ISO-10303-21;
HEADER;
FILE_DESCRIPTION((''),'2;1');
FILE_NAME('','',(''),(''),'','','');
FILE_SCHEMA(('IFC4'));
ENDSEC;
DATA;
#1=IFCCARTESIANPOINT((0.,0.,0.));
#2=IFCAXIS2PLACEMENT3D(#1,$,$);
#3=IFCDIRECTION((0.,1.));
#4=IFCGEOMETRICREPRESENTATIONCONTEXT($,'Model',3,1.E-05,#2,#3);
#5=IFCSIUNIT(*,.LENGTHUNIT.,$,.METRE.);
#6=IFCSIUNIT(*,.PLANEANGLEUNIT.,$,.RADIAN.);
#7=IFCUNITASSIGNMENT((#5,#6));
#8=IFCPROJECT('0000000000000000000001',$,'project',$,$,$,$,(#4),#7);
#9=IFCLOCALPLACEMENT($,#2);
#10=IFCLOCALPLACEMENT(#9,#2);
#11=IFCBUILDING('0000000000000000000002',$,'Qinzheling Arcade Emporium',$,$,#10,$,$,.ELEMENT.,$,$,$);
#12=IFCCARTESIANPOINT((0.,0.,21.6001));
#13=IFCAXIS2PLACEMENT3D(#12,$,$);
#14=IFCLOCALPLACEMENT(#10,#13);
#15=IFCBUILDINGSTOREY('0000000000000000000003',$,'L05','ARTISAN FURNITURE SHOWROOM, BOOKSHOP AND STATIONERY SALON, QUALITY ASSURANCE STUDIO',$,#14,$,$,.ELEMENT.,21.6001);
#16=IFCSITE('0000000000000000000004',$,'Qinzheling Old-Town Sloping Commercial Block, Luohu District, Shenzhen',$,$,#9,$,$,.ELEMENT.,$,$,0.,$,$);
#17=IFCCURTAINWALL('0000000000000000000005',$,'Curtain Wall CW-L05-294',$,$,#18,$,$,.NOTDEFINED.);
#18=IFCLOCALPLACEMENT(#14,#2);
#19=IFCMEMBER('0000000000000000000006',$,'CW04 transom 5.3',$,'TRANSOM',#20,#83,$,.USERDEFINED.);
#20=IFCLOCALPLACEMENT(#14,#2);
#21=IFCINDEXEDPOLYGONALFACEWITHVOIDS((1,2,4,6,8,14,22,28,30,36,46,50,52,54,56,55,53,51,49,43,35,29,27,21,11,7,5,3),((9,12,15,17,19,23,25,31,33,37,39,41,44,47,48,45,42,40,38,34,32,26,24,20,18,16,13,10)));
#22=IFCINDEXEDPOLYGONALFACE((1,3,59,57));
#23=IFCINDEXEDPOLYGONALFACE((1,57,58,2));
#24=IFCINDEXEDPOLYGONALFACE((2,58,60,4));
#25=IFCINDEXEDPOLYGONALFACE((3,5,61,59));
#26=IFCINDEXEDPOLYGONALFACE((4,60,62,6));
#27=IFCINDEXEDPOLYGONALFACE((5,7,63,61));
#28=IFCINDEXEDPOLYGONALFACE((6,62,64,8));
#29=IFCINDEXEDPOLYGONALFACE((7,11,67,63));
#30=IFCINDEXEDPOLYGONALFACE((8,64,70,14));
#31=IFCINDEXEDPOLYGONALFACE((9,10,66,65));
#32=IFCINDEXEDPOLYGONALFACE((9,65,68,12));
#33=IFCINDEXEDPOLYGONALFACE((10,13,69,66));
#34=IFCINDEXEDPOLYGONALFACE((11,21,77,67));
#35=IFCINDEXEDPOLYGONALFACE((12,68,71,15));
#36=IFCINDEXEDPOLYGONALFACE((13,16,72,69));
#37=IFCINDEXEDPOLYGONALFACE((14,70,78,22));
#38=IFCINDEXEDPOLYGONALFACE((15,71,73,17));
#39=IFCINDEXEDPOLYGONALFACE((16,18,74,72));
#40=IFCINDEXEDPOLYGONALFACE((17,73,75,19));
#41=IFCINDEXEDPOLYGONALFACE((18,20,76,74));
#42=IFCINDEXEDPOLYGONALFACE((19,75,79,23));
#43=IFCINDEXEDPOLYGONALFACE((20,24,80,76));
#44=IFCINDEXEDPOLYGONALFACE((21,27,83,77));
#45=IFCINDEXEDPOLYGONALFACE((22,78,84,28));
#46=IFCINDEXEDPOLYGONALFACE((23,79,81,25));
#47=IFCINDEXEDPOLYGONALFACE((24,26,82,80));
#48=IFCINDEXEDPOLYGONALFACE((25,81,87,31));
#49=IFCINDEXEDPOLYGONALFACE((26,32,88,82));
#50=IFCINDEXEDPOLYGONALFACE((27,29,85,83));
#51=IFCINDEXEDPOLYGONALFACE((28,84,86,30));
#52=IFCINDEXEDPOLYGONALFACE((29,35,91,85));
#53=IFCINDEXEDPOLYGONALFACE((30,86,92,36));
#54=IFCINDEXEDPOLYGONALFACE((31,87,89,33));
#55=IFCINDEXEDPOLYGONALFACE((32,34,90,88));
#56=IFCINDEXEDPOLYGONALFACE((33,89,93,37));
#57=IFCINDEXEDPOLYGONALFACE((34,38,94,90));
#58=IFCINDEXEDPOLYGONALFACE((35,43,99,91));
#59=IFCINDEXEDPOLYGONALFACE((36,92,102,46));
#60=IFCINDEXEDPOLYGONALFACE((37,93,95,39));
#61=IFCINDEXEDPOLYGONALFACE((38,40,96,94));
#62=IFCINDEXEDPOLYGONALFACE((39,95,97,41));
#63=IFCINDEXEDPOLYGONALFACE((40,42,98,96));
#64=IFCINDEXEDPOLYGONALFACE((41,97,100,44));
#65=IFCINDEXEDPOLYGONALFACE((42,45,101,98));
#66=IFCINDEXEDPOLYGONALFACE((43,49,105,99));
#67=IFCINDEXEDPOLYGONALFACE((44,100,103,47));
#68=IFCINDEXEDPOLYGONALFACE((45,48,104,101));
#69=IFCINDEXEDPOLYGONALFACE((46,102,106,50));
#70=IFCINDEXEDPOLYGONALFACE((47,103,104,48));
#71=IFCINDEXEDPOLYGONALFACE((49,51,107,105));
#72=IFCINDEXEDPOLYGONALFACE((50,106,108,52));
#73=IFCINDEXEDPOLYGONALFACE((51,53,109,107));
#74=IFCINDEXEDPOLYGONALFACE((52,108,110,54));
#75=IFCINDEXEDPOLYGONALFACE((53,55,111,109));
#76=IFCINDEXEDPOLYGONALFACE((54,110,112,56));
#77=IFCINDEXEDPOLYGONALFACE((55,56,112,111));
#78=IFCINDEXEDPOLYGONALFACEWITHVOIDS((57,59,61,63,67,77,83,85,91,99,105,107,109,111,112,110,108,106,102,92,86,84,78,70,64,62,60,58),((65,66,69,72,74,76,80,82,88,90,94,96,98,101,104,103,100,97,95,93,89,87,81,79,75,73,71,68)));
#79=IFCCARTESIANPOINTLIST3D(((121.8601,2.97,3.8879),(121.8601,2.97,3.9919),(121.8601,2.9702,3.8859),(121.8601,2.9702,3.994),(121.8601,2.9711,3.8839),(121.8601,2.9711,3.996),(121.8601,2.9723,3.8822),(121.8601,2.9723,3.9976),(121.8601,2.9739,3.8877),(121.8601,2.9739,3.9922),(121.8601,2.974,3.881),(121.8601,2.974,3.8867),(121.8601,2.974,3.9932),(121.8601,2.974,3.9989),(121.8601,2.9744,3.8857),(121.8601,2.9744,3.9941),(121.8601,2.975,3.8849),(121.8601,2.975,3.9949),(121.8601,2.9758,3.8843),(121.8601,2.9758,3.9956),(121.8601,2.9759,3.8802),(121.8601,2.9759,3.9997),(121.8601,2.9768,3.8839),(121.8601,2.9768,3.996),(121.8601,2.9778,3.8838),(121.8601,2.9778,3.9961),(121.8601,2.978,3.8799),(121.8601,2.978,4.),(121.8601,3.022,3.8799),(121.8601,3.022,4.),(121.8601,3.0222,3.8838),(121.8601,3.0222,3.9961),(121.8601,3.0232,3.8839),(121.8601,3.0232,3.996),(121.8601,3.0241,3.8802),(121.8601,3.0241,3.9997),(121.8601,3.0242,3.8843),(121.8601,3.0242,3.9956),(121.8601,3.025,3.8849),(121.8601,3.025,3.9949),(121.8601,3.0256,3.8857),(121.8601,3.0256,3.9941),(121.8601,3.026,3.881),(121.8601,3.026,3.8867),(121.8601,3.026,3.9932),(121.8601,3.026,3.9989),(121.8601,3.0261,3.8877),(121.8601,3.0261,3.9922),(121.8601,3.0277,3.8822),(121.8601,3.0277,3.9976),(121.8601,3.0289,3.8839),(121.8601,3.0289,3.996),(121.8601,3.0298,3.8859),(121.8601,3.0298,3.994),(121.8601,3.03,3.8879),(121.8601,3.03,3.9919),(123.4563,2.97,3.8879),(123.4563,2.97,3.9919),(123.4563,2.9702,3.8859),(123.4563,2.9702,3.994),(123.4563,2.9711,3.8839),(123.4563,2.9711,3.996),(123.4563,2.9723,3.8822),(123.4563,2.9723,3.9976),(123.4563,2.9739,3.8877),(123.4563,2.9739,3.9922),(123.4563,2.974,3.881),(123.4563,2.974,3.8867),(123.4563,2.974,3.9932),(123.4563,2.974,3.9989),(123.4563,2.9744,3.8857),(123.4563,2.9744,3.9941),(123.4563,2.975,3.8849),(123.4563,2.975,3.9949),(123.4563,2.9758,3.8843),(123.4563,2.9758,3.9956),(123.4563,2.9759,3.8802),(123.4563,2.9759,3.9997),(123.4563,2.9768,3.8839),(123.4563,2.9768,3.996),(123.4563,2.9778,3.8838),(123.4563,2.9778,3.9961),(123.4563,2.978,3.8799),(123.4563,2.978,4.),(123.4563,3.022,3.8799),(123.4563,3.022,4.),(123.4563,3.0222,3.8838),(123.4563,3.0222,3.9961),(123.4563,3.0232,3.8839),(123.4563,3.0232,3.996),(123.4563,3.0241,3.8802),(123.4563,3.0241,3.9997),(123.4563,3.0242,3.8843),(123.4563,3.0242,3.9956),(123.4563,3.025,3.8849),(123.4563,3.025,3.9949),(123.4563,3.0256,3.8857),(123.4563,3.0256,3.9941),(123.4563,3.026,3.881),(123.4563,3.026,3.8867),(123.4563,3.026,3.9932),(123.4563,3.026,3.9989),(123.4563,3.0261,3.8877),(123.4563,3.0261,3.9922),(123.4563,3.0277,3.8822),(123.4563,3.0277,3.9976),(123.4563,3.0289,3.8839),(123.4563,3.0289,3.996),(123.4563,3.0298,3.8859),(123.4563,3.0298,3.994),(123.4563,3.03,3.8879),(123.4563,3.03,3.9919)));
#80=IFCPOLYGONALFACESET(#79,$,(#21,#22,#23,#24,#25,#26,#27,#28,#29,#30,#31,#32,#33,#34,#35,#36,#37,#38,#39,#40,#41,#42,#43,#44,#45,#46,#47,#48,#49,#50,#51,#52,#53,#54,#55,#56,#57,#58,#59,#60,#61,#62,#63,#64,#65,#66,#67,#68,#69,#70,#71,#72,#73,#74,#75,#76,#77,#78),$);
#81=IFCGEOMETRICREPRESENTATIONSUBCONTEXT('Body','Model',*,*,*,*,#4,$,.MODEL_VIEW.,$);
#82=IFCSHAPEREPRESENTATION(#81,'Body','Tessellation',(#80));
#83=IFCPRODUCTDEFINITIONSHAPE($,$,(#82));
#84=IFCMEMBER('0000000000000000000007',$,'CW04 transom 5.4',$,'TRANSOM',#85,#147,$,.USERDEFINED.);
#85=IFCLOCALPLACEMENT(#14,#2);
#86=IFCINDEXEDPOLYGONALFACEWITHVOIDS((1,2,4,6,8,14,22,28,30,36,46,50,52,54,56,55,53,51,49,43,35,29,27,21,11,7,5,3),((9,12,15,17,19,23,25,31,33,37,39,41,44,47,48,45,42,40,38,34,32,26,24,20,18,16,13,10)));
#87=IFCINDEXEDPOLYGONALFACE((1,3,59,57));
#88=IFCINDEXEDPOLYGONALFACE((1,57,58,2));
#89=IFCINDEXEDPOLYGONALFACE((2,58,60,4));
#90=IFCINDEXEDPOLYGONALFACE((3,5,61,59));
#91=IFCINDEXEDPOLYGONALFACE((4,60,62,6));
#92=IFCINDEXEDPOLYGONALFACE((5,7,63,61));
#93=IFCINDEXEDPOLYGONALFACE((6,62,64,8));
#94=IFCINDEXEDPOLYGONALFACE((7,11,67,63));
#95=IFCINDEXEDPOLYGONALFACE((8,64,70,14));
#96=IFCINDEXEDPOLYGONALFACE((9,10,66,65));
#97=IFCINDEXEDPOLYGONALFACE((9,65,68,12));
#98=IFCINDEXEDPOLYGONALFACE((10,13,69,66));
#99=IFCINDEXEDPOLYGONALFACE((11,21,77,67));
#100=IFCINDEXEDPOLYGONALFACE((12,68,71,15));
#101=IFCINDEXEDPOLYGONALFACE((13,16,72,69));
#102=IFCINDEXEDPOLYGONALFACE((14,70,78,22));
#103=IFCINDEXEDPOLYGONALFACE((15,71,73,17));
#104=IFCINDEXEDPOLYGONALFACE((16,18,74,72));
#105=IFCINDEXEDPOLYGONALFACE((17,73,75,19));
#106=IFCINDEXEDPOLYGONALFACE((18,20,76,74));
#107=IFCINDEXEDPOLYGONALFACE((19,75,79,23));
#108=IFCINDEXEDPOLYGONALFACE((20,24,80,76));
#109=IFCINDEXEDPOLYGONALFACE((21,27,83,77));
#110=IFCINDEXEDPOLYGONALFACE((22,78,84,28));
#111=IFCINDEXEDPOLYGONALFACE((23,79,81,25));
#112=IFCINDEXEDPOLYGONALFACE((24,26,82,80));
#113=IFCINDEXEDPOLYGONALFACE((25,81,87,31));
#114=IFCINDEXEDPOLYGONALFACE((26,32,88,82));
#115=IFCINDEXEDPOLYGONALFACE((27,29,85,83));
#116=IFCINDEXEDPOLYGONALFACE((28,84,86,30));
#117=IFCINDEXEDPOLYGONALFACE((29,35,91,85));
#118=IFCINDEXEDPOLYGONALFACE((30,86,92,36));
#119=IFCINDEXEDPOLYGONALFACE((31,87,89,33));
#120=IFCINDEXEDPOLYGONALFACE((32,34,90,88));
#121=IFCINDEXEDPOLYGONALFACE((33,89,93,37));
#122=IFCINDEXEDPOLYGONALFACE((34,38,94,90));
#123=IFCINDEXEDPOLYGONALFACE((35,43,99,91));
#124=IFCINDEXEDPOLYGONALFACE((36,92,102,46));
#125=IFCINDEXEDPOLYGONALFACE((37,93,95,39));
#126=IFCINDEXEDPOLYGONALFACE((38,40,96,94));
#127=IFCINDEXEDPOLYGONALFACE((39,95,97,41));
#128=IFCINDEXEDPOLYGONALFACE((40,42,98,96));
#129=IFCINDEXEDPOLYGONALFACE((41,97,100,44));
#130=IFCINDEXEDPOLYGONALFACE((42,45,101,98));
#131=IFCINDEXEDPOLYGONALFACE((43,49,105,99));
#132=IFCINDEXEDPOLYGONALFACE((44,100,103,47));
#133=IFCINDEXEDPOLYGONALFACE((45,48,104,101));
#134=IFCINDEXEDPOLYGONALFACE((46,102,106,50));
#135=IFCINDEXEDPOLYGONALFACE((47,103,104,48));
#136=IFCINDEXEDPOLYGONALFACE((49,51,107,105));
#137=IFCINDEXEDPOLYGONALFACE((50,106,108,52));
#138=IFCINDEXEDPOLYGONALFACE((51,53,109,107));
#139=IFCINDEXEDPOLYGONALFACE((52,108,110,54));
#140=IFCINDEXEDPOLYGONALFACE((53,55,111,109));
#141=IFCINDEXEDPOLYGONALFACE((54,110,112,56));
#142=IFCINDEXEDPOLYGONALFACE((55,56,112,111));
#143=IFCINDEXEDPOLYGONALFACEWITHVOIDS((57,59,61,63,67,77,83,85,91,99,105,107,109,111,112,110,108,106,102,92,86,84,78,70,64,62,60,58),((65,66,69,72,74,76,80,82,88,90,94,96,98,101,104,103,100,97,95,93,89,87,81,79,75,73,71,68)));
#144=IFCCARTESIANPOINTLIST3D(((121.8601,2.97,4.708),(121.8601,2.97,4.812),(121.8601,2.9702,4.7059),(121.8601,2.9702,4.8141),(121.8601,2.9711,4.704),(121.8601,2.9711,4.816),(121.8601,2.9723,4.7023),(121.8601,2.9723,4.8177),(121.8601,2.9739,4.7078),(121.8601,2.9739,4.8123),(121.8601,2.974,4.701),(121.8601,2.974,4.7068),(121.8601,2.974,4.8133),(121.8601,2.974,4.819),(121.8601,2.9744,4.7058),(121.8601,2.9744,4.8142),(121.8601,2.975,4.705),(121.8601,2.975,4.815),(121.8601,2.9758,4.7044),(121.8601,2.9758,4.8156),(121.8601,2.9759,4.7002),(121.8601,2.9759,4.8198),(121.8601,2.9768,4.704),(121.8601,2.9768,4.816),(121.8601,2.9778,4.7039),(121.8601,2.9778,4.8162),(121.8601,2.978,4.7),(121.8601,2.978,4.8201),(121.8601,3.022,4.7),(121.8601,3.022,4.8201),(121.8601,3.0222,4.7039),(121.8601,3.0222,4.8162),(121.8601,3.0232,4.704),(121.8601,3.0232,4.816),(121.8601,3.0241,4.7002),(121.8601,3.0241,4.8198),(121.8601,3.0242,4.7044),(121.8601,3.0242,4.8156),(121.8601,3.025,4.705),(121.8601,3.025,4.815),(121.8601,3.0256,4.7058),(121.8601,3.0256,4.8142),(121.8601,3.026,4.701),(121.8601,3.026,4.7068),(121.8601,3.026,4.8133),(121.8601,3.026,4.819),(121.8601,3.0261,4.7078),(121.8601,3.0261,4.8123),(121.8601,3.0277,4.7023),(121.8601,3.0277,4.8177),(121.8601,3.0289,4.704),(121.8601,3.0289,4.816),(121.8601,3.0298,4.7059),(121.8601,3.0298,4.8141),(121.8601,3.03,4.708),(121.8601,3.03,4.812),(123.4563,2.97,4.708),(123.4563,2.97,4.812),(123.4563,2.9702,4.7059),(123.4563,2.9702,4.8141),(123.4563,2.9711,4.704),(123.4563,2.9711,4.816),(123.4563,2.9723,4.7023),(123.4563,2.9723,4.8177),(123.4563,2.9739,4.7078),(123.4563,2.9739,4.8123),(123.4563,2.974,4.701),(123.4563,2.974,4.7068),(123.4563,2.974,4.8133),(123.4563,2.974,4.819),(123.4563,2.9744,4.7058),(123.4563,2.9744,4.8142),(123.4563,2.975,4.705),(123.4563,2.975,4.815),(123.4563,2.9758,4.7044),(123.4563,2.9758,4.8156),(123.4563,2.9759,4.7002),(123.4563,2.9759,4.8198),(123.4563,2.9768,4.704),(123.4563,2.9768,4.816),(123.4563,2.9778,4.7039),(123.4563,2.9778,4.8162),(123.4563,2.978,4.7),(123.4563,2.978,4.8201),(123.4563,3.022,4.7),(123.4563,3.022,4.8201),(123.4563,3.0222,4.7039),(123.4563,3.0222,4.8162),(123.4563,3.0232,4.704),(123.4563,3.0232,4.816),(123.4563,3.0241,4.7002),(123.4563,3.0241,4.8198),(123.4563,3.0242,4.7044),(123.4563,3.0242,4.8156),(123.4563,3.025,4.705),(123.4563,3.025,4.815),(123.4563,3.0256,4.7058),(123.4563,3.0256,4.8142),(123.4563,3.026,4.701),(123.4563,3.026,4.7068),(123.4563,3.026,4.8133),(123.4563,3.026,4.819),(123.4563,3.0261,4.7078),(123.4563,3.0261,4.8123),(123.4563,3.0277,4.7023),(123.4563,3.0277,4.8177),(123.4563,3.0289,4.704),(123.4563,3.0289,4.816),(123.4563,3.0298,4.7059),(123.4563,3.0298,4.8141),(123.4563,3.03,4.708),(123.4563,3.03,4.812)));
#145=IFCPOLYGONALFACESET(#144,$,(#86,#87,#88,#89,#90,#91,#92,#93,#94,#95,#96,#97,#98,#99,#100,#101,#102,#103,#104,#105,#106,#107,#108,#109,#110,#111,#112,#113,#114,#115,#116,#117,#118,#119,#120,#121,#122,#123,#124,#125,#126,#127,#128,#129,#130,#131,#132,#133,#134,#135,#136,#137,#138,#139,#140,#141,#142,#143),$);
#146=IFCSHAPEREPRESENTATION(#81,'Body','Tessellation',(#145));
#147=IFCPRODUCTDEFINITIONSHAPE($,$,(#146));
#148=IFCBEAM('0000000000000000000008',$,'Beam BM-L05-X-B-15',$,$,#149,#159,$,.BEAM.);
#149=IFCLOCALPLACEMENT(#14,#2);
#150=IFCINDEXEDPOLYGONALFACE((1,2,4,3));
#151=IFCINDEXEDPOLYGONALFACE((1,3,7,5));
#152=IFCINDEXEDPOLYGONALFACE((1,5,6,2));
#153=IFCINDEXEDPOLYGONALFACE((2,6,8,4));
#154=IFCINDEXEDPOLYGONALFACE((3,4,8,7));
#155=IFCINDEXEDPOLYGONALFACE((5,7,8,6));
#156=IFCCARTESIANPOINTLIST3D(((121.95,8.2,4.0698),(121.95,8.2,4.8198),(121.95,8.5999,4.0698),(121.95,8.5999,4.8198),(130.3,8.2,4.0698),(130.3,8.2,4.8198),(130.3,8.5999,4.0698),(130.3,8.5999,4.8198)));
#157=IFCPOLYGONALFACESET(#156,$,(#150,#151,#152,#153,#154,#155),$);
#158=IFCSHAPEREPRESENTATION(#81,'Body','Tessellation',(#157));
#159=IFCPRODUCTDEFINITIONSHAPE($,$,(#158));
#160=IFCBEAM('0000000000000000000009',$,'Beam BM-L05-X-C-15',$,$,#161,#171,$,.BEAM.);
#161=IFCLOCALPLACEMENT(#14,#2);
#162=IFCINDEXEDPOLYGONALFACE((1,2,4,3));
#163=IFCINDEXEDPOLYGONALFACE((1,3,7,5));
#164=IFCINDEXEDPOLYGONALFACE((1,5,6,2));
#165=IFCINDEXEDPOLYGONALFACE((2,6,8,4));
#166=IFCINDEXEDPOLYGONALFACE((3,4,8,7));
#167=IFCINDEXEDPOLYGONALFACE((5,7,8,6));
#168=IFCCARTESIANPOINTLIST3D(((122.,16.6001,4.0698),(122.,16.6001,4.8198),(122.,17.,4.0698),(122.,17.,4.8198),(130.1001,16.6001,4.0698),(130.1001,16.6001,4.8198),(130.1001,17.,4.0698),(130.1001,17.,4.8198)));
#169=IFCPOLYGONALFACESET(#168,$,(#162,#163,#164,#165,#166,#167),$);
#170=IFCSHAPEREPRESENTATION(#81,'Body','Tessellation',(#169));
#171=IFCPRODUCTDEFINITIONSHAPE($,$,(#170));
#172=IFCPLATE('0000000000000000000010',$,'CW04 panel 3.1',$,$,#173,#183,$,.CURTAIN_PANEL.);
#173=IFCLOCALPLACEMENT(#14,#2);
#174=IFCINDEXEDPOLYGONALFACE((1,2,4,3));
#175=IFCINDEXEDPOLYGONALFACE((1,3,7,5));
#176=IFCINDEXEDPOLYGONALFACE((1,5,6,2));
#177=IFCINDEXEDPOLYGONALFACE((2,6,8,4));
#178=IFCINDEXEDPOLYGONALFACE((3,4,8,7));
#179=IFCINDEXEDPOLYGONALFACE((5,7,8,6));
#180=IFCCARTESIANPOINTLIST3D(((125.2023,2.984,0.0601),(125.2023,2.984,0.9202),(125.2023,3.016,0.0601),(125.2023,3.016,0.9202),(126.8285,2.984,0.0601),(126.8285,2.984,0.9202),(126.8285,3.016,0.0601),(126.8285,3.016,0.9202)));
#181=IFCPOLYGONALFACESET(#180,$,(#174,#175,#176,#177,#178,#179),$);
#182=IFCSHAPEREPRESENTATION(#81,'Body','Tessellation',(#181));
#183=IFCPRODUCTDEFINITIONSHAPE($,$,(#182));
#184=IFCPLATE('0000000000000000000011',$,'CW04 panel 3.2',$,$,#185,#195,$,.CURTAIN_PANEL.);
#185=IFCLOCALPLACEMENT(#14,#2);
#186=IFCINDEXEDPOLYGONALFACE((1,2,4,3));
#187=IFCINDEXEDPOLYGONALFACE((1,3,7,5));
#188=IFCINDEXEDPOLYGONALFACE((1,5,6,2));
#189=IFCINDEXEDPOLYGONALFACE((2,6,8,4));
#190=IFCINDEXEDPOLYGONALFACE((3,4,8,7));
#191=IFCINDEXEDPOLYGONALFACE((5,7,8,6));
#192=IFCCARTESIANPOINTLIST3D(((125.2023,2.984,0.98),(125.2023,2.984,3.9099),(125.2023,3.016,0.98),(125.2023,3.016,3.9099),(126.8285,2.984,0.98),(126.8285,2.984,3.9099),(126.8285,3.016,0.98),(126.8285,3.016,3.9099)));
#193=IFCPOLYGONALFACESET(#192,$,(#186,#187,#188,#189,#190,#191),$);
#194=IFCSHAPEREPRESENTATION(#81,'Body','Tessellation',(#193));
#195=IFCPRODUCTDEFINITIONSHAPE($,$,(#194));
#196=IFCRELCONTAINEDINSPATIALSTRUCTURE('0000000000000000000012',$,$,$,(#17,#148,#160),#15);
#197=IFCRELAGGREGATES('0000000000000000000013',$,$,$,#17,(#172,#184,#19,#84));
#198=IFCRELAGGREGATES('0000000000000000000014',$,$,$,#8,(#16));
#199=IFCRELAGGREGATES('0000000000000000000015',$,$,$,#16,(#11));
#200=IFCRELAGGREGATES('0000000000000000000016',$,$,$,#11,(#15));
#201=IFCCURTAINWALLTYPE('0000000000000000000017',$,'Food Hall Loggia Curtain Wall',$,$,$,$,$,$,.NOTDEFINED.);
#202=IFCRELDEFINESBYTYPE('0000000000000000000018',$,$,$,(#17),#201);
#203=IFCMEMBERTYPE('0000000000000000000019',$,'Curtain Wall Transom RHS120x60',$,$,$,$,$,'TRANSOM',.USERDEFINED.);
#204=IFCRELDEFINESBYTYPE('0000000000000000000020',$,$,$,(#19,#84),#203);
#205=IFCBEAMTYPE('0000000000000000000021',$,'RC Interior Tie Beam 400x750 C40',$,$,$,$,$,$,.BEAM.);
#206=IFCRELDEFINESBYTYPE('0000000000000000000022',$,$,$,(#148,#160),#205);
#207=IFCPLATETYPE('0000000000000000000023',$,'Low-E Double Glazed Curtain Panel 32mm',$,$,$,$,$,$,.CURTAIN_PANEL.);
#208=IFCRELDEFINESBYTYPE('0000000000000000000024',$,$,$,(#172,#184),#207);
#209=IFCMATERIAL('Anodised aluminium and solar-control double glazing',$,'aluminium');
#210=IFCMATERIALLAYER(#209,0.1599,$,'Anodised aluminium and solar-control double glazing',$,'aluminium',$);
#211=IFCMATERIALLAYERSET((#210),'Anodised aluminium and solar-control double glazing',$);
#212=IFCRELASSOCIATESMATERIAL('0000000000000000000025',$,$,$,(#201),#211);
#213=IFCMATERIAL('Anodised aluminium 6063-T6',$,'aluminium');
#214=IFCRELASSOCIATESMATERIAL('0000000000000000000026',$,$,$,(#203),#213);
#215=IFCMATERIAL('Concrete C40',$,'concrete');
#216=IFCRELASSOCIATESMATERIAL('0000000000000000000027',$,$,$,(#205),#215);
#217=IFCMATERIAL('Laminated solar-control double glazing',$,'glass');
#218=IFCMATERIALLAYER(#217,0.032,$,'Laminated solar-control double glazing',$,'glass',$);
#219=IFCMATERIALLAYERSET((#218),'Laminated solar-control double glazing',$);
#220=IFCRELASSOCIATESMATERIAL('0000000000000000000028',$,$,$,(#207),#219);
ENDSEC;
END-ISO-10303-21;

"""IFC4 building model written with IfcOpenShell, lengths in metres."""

from ifc_helpers import new_model, si_unit, direction, frame, origin, origin_2d, place, context, subcontext, project, spatial, rectangle, hollow_rectangle, extrude, material, layer, layer_set, material_profile, profile_set, type_object, element, aggregate, save


model = new_model("IFC4")

# Units and contexts
model_context = context("Model", 3, precision=1e-05, world=origin(), true_north=direction((0.0, 1.0)))
body_context = subcontext(model_context, "Body", "Model", "MODEL_VIEW")
ifc_project = project(units=[si_unit("LENGTHUNIT", "METRE"), si_unit("PLANEANGLEUNIT", "RADIAN")], contexts=[model_context])

# Site, building, storey
site_placement = place(None, origin())
site = spatial("IfcSite", under=ifc_project, at=site_placement, Name="Qinzheling Old-Town Sloping Commercial Block, Luohu District, Shenzhen", CompositionType="ELEMENT", RefElevation=0.0)
building_placement = place(site_placement, origin())
building = spatial("IfcBuilding", under=site, at=building_placement, Name="Qinzheling Arcade Emporium", CompositionType="ELEMENT")
storey_placement = place(building_placement, frame((0.0, 0.0, 21.6001)))
storey = spatial("IfcBuildingStorey", under=building, at=storey_placement, Name="L05", Description="ARTISAN FURNITURE SHOWROOM, BOOKSHOP AND STATIONERY SALON, QUALITY ASSURANCE STUDIO", CompositionType="ELEMENT", Elevation=21.6001)

# Curtain wall
ifc_material_1 = material(Name="Anodised aluminium and solar-control double glazing", Category="aluminium")
ifc_layer_1 = layer(ifc_material_1, 0.1599, Name="Anodised aluminium and solar-control double glazing", Category="aluminium")
ifc_layer_set_1 = layer_set([ifc_layer_1], Name="Anodised aluminium and solar-control double glazing")
curtain_wall_type = type_object("IfcCurtainWallType", Name="Food Hall Loggia Curtain Wall", PredefinedType="NOTDEFINED", material=ifc_layer_set_1)
curtain_wall_1_placement = place(storey_placement, origin())
curtain_wall_1 = element("IfcCurtainWall", 1, at=curtain_wall_1_placement, inside=storey, type_object=curtain_wall_type, Name="Curtain Wall CW-L05-294", PredefinedType="NOTDEFINED")
ifc_material_2 = material(Name="Anodised aluminium 6063-T6", Category="aluminium")

# Members
ifc_material_profile_1 = material_profile(ifc_material_2, hollow_rectangle(XDim=0.0601, YDim=0.1201, WallThickness=0.0039, InnerFilletRadius=0.0039, OuterFilletRadius=0.0081, at=origin_2d()), Name="RHS 120x60x4", Category="aluminium")
ifc_profile_set_1 = profile_set([ifc_material_profile_1], Name="Anodised aluminium 6063-T6")
member_type_1 = type_object("IfcMemberType", Name="Curtain Wall Transom RHS120x60", ElementType="TRANSOM", PredefinedType="USERDEFINED", material=ifc_profile_set_1)
member_1_placement = place(storey_placement, frame((123.4563, 3.0, 3.9399), z_axis=(-1.0, 0.0, 0.0), x_axis=(0.0, -1.0, 0.0)))
member_1 = element("IfcMember", 2, at=member_1_placement, type_object=member_type_1, Name="CW04 transom 5.3", ObjectType="TRANSOM", PredefinedType="USERDEFINED", context=body_context, shape_type="SweptSolid", body=[
    extrude(hollow_rectangle(XDim=0.0601, YDim=0.1201, WallThickness=0.0039, InnerFilletRadius=0.0039, OuterFilletRadius=0.0081, at=origin_2d()), origin(), (0.0, 0.0, 1.0), 1.5962),
])
member_2_placement = place(storey_placement, frame((123.4563, 3.0, 4.76), z_axis=(-1.0, 0.0, 0.0), x_axis=(0.0, -1.0, 0.0)))
member_2 = element("IfcMember", 3, at=member_2_placement, type_object=member_type_1, Name="CW04 transom 5.4", ObjectType="TRANSOM", PredefinedType="USERDEFINED", context=body_context, shape_type="SweptSolid", body=[
    extrude(hollow_rectangle(XDim=0.0601, YDim=0.1201, WallThickness=0.0039, InnerFilletRadius=0.0039, OuterFilletRadius=0.0081, at=origin_2d()), origin(), (0.0, 0.0, 1.0), 1.5962),
])

# Beams
ifc_material_3 = material(Name="Concrete C40", Category="concrete")
ifc_material_profile_2 = material_profile(ifc_material_3, rectangle(XDim=0.3999, YDim=0.75, at=origin_2d()), Name="RC 400x750", Category="concrete")
ifc_profile_set_2 = profile_set([ifc_material_profile_2], Name="Concrete C40")
beam_type = type_object("IfcBeamType", Name="RC Interior Tie Beam 400x750 C40", PredefinedType="BEAM", material=ifc_profile_set_2)
beam_1_placement = place(storey_placement, frame((121.95, 8.3999, 4.4448), z_axis=(1.0, 0.0, 0.0), x_axis=(0.0, 1.0, 0.0)))
element("IfcBeam", 4, at=beam_1_placement, inside=storey, type_object=beam_type, Name="Beam BM-L05-X-B-15", PredefinedType="BEAM", context=body_context, shape_type="SweptSolid", body=[
    extrude(rectangle(XDim=0.3999, YDim=0.75, at=origin_2d()), origin(), (0.0, 0.0, 1.0), 8.3501),
])
beam_2_placement = place(storey_placement, frame((122.0, 16.8, 4.4448), z_axis=(1.0, 0.0, 0.0), x_axis=(0.0, 1.0, 0.0)))
element("IfcBeam", 5, at=beam_2_placement, inside=storey, type_object=beam_type, Name="Beam BM-L05-X-C-15", PredefinedType="BEAM", context=body_context, shape_type="SweptSolid", body=[
    extrude(rectangle(XDim=0.3999, YDim=0.75, at=origin_2d()), origin(), (0.0, 0.0, 1.0), 8.1001),
])

# Plates
ifc_material_4 = material(Name="Laminated solar-control double glazing", Category="glass")
ifc_layer_2 = layer(ifc_material_4, 0.032, Name="Laminated solar-control double glazing", Category="glass")
ifc_layer_set_2 = layer_set([ifc_layer_2], Name="Laminated solar-control double glazing")
plate_type_1 = type_object("IfcPlateType", Name="Low-E Double Glazed Curtain Panel 32mm", PredefinedType="CURTAIN_PANEL", material=ifc_layer_set_2)
plate_1_placement = place(storey_placement, frame((126.0154, 3.0, 0.0601), z_axis=(0.0, 0.0, 1.0), x_axis=(-1.0, 0.0, 0.0)))
plate_1 = element("IfcPlate", 6, at=plate_1_placement, type_object=plate_type_1, Name="CW04 panel 3.1", PredefinedType="CURTAIN_PANEL", context=body_context, shape_type="SweptSolid", body=[
    extrude(rectangle(XDim=1.6262, YDim=0.032, at=origin_2d()), origin(), (0.0, 0.0, 1.0), 0.8601),
])
plate_2_placement = place(storey_placement, frame((126.0154, 3.0, 0.98), z_axis=(0.0, 0.0, 1.0), x_axis=(-1.0, 0.0, 0.0)))
plate_2 = element("IfcPlate", 7, at=plate_2_placement, type_object=plate_type_1, Name="CW04 panel 3.2", PredefinedType="CURTAIN_PANEL", context=body_context, shape_type="SweptSolid", body=[
    extrude(rectangle(XDim=1.6262, YDim=0.032, at=origin_2d()), origin(), (0.0, 0.0, 1.0), 2.9299),
])
aggregate(curtain_wall_1, [plate_1, plate_2, member_1, member_2])

save(model, "model.ifc")
